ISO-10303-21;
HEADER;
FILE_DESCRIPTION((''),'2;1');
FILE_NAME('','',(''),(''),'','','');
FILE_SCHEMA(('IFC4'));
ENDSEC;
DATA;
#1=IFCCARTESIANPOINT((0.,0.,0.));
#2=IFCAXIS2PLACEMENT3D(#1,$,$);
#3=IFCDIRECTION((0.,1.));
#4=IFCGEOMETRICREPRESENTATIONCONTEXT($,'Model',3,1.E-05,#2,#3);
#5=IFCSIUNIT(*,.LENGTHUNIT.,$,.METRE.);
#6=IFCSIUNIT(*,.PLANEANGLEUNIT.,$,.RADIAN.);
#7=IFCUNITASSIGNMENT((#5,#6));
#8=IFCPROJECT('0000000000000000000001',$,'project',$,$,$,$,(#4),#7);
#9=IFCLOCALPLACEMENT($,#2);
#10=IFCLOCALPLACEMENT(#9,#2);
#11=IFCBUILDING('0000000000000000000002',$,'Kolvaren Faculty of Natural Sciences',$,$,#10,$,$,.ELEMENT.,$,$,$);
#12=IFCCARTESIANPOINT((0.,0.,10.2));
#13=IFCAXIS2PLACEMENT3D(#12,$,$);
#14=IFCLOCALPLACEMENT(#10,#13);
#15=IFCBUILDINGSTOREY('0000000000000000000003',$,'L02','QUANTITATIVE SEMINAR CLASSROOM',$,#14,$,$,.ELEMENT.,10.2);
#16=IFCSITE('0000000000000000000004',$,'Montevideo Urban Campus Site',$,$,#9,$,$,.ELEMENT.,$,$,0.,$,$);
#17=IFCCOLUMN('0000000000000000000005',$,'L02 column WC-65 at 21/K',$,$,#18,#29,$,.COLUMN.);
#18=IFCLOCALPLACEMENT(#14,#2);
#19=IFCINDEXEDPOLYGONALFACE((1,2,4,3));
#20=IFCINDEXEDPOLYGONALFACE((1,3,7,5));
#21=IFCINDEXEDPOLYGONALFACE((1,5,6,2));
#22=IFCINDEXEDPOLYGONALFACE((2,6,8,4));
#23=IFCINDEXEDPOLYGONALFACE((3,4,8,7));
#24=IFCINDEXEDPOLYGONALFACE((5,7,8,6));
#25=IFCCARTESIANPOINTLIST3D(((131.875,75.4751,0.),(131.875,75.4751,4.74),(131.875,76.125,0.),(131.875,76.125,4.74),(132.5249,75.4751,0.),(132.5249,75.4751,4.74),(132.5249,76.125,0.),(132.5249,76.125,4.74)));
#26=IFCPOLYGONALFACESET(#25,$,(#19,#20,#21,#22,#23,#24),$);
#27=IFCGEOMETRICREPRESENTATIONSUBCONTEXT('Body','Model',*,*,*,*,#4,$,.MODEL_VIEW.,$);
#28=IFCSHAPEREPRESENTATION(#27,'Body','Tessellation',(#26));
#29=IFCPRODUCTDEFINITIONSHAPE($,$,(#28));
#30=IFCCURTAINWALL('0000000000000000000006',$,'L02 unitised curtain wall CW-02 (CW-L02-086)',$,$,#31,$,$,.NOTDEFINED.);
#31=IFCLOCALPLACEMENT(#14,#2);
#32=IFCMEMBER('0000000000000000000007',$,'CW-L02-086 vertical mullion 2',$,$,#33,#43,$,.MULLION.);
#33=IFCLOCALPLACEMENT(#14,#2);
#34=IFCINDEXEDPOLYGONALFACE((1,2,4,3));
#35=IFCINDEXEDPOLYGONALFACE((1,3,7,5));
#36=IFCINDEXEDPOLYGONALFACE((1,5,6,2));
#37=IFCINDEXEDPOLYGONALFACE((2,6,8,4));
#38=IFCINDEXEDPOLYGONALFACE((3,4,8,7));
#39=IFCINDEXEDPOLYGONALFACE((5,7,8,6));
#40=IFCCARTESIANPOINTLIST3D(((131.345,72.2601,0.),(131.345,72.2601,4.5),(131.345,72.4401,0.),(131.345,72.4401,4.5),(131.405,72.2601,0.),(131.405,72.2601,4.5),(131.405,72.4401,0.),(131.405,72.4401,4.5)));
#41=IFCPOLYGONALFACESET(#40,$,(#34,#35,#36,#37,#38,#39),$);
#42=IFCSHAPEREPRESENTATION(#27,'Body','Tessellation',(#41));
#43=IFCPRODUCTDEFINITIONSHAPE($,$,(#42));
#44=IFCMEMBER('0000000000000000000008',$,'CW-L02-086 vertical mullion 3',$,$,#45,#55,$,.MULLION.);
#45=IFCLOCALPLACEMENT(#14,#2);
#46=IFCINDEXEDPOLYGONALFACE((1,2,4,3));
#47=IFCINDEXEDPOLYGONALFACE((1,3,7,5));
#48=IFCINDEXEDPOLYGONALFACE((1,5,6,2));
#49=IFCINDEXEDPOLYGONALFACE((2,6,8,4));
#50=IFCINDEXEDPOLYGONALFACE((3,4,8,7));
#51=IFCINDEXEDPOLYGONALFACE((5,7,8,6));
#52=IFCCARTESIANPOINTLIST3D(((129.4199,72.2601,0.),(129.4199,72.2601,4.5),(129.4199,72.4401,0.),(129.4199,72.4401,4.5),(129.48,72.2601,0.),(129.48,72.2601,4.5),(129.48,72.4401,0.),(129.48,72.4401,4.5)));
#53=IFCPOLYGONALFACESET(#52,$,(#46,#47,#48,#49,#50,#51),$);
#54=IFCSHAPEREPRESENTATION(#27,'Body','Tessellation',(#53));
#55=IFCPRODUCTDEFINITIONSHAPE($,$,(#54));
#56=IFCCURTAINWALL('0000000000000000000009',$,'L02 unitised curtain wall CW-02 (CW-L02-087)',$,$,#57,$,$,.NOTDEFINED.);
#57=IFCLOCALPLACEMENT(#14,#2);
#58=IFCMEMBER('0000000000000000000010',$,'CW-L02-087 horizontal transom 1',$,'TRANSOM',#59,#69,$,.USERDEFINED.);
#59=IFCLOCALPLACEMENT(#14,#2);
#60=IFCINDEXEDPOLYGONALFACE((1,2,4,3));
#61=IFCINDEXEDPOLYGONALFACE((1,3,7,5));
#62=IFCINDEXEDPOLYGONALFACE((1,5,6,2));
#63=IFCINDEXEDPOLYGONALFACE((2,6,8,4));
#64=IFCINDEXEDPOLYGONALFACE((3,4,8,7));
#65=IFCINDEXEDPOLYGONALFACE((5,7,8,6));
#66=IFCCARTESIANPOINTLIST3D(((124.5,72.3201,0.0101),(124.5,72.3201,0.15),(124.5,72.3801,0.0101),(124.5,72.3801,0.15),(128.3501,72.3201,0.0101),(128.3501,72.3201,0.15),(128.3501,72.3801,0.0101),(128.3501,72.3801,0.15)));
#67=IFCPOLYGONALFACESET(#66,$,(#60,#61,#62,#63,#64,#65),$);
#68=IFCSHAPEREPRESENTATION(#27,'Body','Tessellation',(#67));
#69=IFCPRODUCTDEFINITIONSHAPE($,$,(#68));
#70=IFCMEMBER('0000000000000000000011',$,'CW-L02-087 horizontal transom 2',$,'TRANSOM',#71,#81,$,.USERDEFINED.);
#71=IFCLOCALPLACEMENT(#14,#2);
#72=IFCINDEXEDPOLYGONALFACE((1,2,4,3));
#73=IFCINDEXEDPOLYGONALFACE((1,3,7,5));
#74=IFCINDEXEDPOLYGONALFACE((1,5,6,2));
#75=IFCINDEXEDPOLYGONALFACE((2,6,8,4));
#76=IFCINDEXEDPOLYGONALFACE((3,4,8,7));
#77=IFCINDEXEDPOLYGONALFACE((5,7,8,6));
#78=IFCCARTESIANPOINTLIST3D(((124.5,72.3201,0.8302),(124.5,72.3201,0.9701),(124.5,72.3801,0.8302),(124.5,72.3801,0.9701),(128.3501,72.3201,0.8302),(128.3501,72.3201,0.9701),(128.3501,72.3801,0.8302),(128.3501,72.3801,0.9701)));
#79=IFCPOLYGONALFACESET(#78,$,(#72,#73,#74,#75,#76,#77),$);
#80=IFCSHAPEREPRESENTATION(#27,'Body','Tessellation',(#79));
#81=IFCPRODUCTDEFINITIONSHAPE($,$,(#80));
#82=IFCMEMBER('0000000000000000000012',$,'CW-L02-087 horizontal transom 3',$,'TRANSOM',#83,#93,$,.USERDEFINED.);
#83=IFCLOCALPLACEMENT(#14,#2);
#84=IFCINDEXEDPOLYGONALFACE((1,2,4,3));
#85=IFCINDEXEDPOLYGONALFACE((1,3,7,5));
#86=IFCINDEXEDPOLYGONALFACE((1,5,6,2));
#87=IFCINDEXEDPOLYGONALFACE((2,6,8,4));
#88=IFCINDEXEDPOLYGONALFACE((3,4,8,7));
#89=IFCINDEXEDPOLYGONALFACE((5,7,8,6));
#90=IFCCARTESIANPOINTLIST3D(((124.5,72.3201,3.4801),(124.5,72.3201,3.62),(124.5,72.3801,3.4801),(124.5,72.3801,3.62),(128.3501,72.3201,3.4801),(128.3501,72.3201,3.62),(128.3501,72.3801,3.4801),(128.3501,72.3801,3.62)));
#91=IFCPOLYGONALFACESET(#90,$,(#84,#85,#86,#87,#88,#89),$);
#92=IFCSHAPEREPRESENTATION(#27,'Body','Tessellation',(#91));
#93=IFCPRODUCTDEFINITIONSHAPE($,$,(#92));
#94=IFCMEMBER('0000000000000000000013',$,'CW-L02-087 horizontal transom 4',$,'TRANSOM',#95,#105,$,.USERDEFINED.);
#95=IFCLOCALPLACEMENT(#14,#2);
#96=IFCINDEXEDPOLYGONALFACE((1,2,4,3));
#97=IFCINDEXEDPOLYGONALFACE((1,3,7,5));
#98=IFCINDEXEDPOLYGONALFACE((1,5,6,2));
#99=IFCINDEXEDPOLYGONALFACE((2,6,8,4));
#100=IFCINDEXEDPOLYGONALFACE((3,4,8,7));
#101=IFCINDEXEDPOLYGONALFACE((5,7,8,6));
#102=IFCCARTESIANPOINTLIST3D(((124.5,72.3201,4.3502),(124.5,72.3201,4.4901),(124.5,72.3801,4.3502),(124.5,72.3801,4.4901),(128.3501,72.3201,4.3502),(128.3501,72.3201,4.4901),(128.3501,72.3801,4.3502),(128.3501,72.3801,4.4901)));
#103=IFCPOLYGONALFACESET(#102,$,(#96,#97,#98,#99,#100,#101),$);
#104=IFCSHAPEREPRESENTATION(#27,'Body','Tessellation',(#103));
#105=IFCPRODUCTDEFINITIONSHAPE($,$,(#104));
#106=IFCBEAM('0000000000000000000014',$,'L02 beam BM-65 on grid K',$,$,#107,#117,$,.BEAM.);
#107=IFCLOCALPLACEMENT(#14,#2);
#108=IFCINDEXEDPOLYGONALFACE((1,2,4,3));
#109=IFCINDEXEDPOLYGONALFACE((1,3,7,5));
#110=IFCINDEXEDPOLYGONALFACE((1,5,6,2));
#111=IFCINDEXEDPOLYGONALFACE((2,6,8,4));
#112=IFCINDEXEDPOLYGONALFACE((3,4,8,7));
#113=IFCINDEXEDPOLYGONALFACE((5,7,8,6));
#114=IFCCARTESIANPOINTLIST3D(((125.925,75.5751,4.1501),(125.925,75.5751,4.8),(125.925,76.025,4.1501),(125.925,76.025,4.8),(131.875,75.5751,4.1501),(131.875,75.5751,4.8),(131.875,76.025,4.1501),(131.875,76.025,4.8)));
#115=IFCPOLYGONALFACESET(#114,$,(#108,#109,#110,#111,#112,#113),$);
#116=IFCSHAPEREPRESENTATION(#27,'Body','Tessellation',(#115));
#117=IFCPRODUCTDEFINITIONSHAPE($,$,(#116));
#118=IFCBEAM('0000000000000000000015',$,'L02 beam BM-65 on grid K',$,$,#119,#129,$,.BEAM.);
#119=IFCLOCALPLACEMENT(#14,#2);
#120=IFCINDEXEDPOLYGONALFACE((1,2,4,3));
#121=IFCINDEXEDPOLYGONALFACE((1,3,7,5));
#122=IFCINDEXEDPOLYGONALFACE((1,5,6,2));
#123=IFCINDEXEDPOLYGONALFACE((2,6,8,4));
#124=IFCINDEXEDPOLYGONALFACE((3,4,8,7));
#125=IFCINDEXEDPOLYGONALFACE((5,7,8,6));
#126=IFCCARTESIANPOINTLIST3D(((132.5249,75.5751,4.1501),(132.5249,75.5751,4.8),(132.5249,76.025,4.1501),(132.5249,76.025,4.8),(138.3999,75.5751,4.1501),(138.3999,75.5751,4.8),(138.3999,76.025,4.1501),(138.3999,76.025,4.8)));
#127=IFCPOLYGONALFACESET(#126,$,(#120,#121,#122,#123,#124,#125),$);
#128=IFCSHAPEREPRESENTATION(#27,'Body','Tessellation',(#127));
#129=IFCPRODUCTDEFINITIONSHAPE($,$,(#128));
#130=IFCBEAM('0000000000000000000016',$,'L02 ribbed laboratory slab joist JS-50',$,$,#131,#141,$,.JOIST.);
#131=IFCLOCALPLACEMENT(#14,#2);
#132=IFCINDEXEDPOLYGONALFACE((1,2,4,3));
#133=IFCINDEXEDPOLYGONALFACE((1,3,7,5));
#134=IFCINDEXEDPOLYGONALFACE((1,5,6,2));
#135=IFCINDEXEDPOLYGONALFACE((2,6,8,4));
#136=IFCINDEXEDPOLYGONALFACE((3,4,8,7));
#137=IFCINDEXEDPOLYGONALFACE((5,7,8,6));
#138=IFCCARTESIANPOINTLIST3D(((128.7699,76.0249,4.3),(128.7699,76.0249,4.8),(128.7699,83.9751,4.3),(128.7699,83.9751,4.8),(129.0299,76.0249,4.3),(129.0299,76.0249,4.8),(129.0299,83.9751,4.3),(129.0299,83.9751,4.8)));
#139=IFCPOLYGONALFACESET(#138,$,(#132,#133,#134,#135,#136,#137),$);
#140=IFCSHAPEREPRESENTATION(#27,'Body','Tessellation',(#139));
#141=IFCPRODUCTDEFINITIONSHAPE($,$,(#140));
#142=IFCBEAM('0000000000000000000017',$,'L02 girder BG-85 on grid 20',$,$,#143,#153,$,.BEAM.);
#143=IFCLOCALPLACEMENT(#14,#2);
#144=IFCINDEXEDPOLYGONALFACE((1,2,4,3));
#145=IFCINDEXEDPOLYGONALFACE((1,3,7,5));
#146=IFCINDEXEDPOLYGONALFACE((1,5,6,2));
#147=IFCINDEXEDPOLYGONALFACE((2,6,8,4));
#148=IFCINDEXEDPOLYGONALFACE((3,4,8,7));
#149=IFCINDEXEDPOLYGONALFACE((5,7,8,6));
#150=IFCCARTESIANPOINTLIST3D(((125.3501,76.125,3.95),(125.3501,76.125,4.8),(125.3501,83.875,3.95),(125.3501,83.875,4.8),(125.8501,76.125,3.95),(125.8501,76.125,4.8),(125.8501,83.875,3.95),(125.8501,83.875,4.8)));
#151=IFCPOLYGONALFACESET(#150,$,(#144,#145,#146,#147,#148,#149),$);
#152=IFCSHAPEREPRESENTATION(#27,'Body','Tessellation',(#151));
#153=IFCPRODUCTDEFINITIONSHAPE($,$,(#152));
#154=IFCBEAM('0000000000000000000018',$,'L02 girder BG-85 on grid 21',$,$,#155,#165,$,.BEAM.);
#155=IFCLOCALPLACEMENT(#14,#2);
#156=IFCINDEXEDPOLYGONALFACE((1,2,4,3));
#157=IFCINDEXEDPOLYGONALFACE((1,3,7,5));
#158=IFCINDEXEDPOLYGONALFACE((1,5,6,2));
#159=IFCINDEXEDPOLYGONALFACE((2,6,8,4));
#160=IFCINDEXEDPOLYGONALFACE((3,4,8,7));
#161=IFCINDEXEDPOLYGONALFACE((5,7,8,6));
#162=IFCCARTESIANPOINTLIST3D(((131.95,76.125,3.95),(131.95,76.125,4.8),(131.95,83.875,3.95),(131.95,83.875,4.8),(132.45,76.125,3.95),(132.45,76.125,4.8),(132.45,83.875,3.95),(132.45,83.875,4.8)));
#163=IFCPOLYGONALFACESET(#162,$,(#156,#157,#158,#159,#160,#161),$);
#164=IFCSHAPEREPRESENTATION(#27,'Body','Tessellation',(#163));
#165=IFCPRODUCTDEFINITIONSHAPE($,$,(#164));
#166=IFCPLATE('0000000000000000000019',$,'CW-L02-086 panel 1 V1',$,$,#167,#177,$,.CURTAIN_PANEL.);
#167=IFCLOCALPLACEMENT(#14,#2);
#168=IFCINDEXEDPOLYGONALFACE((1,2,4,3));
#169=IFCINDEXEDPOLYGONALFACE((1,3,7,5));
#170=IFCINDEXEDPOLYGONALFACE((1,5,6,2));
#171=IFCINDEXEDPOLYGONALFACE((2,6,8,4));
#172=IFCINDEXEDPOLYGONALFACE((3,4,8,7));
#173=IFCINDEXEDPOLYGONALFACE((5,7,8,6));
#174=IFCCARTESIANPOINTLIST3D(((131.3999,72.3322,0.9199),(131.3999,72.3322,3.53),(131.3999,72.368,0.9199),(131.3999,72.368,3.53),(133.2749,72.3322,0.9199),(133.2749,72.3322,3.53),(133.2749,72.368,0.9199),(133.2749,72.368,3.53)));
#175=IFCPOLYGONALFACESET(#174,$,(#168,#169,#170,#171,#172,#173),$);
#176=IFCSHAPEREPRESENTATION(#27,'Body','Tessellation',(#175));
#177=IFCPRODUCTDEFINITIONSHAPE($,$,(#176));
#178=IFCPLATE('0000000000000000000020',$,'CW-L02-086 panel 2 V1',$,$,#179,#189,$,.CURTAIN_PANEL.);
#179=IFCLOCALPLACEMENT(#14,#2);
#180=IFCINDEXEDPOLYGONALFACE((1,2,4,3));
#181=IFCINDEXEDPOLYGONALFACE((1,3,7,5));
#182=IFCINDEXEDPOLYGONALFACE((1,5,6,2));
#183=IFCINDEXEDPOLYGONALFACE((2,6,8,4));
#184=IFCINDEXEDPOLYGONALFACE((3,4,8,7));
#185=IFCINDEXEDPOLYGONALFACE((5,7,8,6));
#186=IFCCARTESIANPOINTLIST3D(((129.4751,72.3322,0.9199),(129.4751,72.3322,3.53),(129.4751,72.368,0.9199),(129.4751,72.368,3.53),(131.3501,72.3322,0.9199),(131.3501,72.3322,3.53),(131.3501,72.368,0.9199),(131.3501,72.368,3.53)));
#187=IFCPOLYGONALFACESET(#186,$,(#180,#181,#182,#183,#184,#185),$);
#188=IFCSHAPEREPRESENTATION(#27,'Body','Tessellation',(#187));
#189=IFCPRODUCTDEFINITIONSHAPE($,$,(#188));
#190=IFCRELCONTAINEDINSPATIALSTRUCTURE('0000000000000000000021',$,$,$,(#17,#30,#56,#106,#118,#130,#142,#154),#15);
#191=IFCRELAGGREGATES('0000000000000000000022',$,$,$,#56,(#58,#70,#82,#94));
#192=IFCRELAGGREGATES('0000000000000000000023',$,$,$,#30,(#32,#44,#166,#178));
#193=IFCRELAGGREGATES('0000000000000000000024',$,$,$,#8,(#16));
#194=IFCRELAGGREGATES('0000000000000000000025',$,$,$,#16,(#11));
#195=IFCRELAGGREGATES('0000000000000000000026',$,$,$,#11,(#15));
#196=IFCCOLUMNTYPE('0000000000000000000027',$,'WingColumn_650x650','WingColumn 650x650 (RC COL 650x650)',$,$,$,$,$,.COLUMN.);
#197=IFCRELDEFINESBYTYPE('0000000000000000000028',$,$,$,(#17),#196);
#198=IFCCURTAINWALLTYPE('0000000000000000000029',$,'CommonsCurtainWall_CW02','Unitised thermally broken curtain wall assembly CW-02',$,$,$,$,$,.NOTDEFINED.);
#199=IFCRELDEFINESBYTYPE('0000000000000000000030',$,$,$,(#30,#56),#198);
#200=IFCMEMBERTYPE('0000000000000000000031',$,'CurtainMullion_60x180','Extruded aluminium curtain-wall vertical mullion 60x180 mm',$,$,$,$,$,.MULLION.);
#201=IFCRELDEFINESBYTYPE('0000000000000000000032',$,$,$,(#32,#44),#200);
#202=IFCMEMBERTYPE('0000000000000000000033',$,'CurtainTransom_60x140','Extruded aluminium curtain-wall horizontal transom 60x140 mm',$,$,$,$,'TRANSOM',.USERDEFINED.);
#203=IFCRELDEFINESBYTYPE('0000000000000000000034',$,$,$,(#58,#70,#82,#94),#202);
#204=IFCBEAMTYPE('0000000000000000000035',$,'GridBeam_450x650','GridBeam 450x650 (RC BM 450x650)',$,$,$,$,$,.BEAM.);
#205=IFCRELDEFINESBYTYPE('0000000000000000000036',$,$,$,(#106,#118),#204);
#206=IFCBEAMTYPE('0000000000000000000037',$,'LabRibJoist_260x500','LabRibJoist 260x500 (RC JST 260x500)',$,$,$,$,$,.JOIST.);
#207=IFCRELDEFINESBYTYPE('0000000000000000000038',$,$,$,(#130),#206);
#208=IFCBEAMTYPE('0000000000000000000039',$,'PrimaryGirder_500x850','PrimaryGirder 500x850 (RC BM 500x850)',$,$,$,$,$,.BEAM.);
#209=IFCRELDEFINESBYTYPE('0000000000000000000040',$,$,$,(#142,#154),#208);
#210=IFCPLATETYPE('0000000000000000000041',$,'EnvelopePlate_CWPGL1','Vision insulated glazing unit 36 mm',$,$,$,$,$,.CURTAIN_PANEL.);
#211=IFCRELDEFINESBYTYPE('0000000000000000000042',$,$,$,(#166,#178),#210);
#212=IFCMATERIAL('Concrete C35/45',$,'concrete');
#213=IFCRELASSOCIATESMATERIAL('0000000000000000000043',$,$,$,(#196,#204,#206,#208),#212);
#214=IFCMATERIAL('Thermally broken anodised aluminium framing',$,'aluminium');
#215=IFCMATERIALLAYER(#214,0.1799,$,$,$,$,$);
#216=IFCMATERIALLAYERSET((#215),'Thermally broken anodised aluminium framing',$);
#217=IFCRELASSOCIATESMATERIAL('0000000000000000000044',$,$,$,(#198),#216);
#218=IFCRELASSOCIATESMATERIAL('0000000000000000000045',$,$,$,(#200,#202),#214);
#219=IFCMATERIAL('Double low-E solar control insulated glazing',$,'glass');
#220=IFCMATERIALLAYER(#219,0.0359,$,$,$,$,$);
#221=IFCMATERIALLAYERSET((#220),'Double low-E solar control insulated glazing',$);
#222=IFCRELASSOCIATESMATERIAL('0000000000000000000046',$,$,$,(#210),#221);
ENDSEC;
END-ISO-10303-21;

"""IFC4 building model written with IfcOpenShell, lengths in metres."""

from ifc_helpers import new_model, si_unit, direction, frame, origin, origin_2d, place, context, subcontext, project, spatial, rectangle, extrude, material, layer, layer_set, material_profile, profile_set, type_object, element, aggregate, save


model = new_model("IFC4")

# Units and contexts
model_context = context("Model", 3, precision=1e-05, world=origin(), true_north=direction((0.0, 1.0)))
body_context = subcontext(model_context, "Body", "Model", "MODEL_VIEW")
ifc_project = project(units=[si_unit("LENGTHUNIT", "METRE"), si_unit("PLANEANGLEUNIT", "RADIAN")], contexts=[model_context])

# Site, building, storey
site_placement = place(None, origin())
site = spatial("IfcSite", under=ifc_project, at=site_placement, Name="Montevideo Urban Campus Site", CompositionType="ELEMENT", RefElevation=0.0)
building_placement = place(site_placement, origin())
building = spatial("IfcBuilding", under=site, at=building_placement, Name="Kolvaren Faculty of Natural Sciences", CompositionType="ELEMENT")
storey_placement = place(building_placement, frame((0.0, 0.0, 10.2)))
storey = spatial("IfcBuildingStorey", under=building, at=storey_placement, Name="L02", Description="QUANTITATIVE SEMINAR CLASSROOM", CompositionType="ELEMENT", Elevation=10.2)

# Column
ifc_material_1 = material(Name="Concrete C35/45", Category="concrete")
ifc_material_profile_1 = material_profile(ifc_material_1, rectangle(XDim=0.6499, YDim=0.6499, at=origin_2d()), Name="RC COL 650x650")
ifc_profile_set_1 = profile_set([ifc_material_profile_1], Name="Concrete C35/45")
column_type = type_object("IfcColumnType", Name="WingColumn_650x650", Description="WingColumn 650x650 (RC COL 650x650)", PredefinedType="COLUMN", material=ifc_profile_set_1)
column_placement = place(storey_placement, frame((132.2, 75.8, 0.0), z_axis=(0.0, 0.0, 1.0), x_axis=(1.0, 0.0, 0.0)))
element("IfcColumn", 1, at=column_placement, inside=storey, type_object=column_type, Name="L02 column WC-65 at 21/K", PredefinedType="COLUMN", context=body_context, shape_type="SweptSolid", body=[
    extrude(rectangle(XDim=0.6499, YDim=0.6499, at=origin_2d()), origin(), (0.0, 0.0, 1.0), 4.74),
])

# Curtain walls, members
ifc_material_2 = material(Name="Thermally broken anodised aluminium framing", Category="aluminium")
ifc_layer_1 = layer(ifc_material_2, 0.1799)
ifc_layer_set_1 = layer_set([ifc_layer_1], Name="Thermally broken anodised aluminium framing")
curtain_wall_type = type_object("IfcCurtainWallType", Name="CommonsCurtainWall_CW02", Description="Unitised thermally broken curtain wall assembly CW-02", PredefinedType="NOTDEFINED", material=ifc_layer_set_1)
curtain_wall_1_placement = place(storey_placement, origin())
curtain_wall_1 = element("IfcCurtainWall", 2, at=curtain_wall_1_placement, inside=storey, type_object=curtain_wall_type, Name="L02 unitised curtain wall CW-02 (CW-L02-086)", PredefinedType="NOTDEFINED")
ifc_material_profile_2 = material_profile(ifc_material_2, rectangle(XDim=0.0601, YDim=0.1799, at=origin_2d()), Name="ALU MUL 60x180")
ifc_profile_set_2 = profile_set([ifc_material_profile_2], Name="Thermally broken anodised aluminium framing")
member_type_1 = type_object("IfcMemberType", Name="CurtainMullion_60x180", Description="Extruded aluminium curtain-wall vertical mullion 60x180 mm", PredefinedType="MULLION", material=ifc_profile_set_2)
member_1_placement = place(storey_placement, frame((131.375, 72.3501, 0.0), z_axis=(0.0, 0.0, 1.0), x_axis=(-1.0, 0.0, 0.0)))
member_1 = element("IfcMember", 3, at=member_1_placement, type_object=member_type_1, Name="CW-L02-086 vertical mullion 2", PredefinedType="MULLION", context=body_context, shape_type="SweptSolid", body=[
    extrude(rectangle(XDim=0.0601, YDim=0.1799, at=origin_2d()), origin(), (0.0, 0.0, 1.0), 4.5),
])
member_2_placement = place(storey_placement, frame((129.45, 72.3501, 0.0), z_axis=(0.0, 0.0, 1.0), x_axis=(-1.0, 0.0, 0.0)))
member_2 = element("IfcMember", 4, at=member_2_placement, type_object=member_type_1, Name="CW-L02-086 vertical mullion 3", PredefinedType="MULLION", context=body_context, shape_type="SweptSolid", body=[
    extrude(rectangle(XDim=0.0601, YDim=0.1799, at=origin_2d()), origin(), (0.0, 0.0, 1.0), 4.5),
])
curtain_wall_2_placement = place(storey_placement, origin())
curtain_wall_2 = element("IfcCurtainWall", 5, at=curtain_wall_2_placement, inside=storey, type_object=curtain_wall_type, Name="L02 unitised curtain wall CW-02 (CW-L02-087)", PredefinedType="NOTDEFINED")
ifc_material_profile_3 = material_profile(ifc_material_2, rectangle(XDim=0.0601, YDim=0.1399, at=origin_2d()), Name="ALU TRN 60x140")
ifc_profile_set_3 = profile_set([ifc_material_profile_3], Name="Thermally broken anodised aluminium framing")
member_type_2 = type_object("IfcMemberType", Name="CurtainTransom_60x140", Description="Extruded aluminium curtain-wall horizontal transom 60x140 mm", ElementType="TRANSOM", PredefinedType="USERDEFINED", material=ifc_profile_set_3)
member_3_placement = place(storey_placement, frame((128.3501, 72.3501, 0.0801), z_axis=(-1.0, 0.0, 0.0), x_axis=(0.0, -1.0, 0.0)))
member_3 = element("IfcMember", 6, at=member_3_placement, type_object=member_type_2, Name="CW-L02-087 horizontal transom 1", ObjectType="TRANSOM", PredefinedType="USERDEFINED", context=body_context, shape_type="SweptSolid", body=[
    extrude(rectangle(XDim=0.0601, YDim=0.1399, at=origin_2d()), origin(), (0.0, 0.0, 1.0), 3.8501),
])
member_4_placement = place(storey_placement, frame((128.3501, 72.3501, 0.9001), z_axis=(-1.0, 0.0, 0.0), x_axis=(0.0, -1.0, 0.0)))
member_4 = element("IfcMember", 7, at=member_4_placement, type_object=member_type_2, Name="CW-L02-087 horizontal transom 2", ObjectType="TRANSOM", PredefinedType="USERDEFINED", context=body_context, shape_type="SweptSolid", body=[
    extrude(rectangle(XDim=0.0601, YDim=0.1399, at=origin_2d()), origin(), (0.0, 0.0, 1.0), 3.8501),
])
member_5_placement = place(storey_placement, frame((128.3501, 72.3501, 3.55), z_axis=(-1.0, 0.0, 0.0), x_axis=(0.0, -1.0, 0.0)))
member_5 = element("IfcMember", 8, at=member_5_placement, type_object=member_type_2, Name="CW-L02-087 horizontal transom 3", ObjectType="TRANSOM", PredefinedType="USERDEFINED", context=body_context, shape_type="SweptSolid", body=[
    extrude(rectangle(XDim=0.0601, YDim=0.1399, at=origin_2d()), origin(), (0.0, 0.0, 1.0), 3.8501),
])
member_6_placement = place(storey_placement, frame((128.3501, 72.3501, 4.4202), z_axis=(-1.0, 0.0, 0.0), x_axis=(0.0, -1.0, 0.0)))
member_6 = element("IfcMember", 9, at=member_6_placement, type_object=member_type_2, Name="CW-L02-087 horizontal transom 4", ObjectType="TRANSOM", PredefinedType="USERDEFINED", context=body_context, shape_type="SweptSolid", body=[
    extrude(rectangle(XDim=0.0601, YDim=0.1399, at=origin_2d()), origin(), (0.0, 0.0, 1.0), 3.8501),
])
aggregate(curtain_wall_2, [member_3, member_4, member_5, member_6])

# Beams
ifc_material_profile_4 = material_profile(ifc_material_1, rectangle(XDim=0.45, YDim=0.6499, at=origin_2d()), Name="RC BM 450x650")
ifc_profile_set_4 = profile_set([ifc_material_profile_4], Name="Concrete C35/45")
beam_type_1 = type_object("IfcBeamType", Name="GridBeam_450x650", Description="GridBeam 450x650 (RC BM 450x650)", PredefinedType="BEAM", material=ifc_profile_set_4)
beam_1_placement = place(storey_placement, frame((125.925, 75.8, 4.4751), z_axis=(1.0, 0.0, 0.0), x_axis=(0.0, 1.0, 0.0)))
element("IfcBeam", 10, at=beam_1_placement, inside=storey, type_object=beam_type_1, Name="L02 beam BM-65 on grid K", PredefinedType="BEAM", context=body_context, shape_type="SweptSolid", body=[
    extrude(rectangle(XDim=0.45, YDim=0.6499, at=origin_2d()), origin(), (0.0, 0.0, 1.0), 5.95),
])
beam_2_placement = place(storey_placement, frame((132.5249, 75.8, 4.4751), z_axis=(1.0, 0.0, 0.0), x_axis=(0.0, 1.0, 0.0)))
element("IfcBeam", 11, at=beam_2_placement, inside=storey, type_object=beam_type_1, Name="L02 beam BM-65 on grid K", PredefinedType="BEAM", context=body_context, shape_type="SweptSolid", body=[
    extrude(rectangle(XDim=0.45, YDim=0.6499, at=origin_2d()), origin(), (0.0, 0.0, 1.0), 5.875),
])
ifc_material_profile_5 = material_profile(ifc_material_1, rectangle(XDim=0.26, YDim=0.5, at=origin_2d()), Name="RC JST 260x500")
ifc_profile_set_5 = profile_set([ifc_material_profile_5], Name="Concrete C35/45")
beam_type_2 = type_object("IfcBeamType", Name="LabRibJoist_260x500", Description="LabRibJoist 260x500 (RC JST 260x500)", PredefinedType="JOIST", material=ifc_profile_set_5)
beam_3_placement = place(storey_placement, frame((128.8999, 76.0249, 4.55), z_axis=(0.0, 1.0, 0.0), x_axis=(-1.0, 0.0, 0.0)))
element("IfcBeam", 12, at=beam_3_placement, inside=storey, type_object=beam_type_2, Name="L02 ribbed laboratory slab joist JS-50", PredefinedType="JOIST", context=body_context, shape_type="SweptSolid", body=[
    extrude(rectangle(XDim=0.26, YDim=0.5, at=origin_2d()), origin(), (0.0, 0.0, 1.0), 7.9502),
])
ifc_material_profile_6 = material_profile(ifc_material_1, rectangle(XDim=0.5, YDim=0.8501, at=origin_2d()), Name="RC BM 500x850")
ifc_profile_set_6 = profile_set([ifc_material_profile_6], Name="Concrete C35/45")
beam_type_3 = type_object("IfcBeamType", Name="PrimaryGirder_500x850", Description="PrimaryGirder 500x850 (RC BM 500x850)", PredefinedType="BEAM", material=ifc_profile_set_6)
for number, where, z_axis, x_axis, name in (
    (13, (125.6001, 76.125, 4.375), (0.0, 1.0, 0.0), (-1.0, 0.0, 0.0), "L02 girder BG-85 on grid 20"),
    (14, (132.2, 76.125, 4.375), (0.0, 1.0, 0.0), (-1.0, 0.0, 0.0), "L02 girder BG-85 on grid 21"),
):
    element("IfcBeam", number, at=place(storey_placement, frame(where, z_axis=z_axis, x_axis=x_axis)), inside=storey, type_object=beam_type_3, Name=name, PredefinedType="BEAM", context=body_context, shape_type="SweptSolid", body=[
        extrude(rectangle(XDim=0.5, YDim=0.8501, at=origin_2d()), origin(), (0.0, 0.0, 1.0), 7.75),
    ])

# Plates
ifc_material_3 = material(Name="Double low-E solar control insulated glazing", Category="glass")
ifc_layer_2 = layer(ifc_material_3, 0.0359)
ifc_layer_set_2 = layer_set([ifc_layer_2], Name="Double low-E solar control insulated glazing")
plate_type_1 = type_object("IfcPlateType", Name="EnvelopePlate_CWPGL1", Description="Vision insulated glazing unit 36 mm", PredefinedType="CURTAIN_PANEL", material=ifc_layer_set_2)
plate_1_placement = place(storey_placement, frame((132.3374, 72.3501, 0.9199), z_axis=(0.0, 0.0, 1.0), x_axis=(-1.0, 0.0, 0.0)))
plate_1 = element("IfcPlate", 15, at=plate_1_placement, type_object=plate_type_1, Name="CW-L02-086 panel 1 V1", PredefinedType="CURTAIN_PANEL", context=body_context, shape_type="SweptSolid", body=[
    extrude(rectangle(XDim=1.875, YDim=0.0359, at=origin_2d()), origin(), (0.0, 0.0, 1.0), 2.6101),
])
plate_2_placement = place(storey_placement, frame((130.4126, 72.3501, 0.9199), z_axis=(0.0, 0.0, 1.0), x_axis=(-1.0, 0.0, 0.0)))
plate_2 = element("IfcPlate", 16, at=plate_2_placement, type_object=plate_type_1, Name="CW-L02-086 panel 2 V1", PredefinedType="CURTAIN_PANEL", context=body_context, shape_type="SweptSolid", body=[
    extrude(rectangle(XDim=1.875, YDim=0.0359, at=origin_2d()), origin(), (0.0, 0.0, 1.0), 2.6101),
])
aggregate(curtain_wall_1, [member_1, member_2, plate_1, plate_2])

save(model, "model.ifc")
